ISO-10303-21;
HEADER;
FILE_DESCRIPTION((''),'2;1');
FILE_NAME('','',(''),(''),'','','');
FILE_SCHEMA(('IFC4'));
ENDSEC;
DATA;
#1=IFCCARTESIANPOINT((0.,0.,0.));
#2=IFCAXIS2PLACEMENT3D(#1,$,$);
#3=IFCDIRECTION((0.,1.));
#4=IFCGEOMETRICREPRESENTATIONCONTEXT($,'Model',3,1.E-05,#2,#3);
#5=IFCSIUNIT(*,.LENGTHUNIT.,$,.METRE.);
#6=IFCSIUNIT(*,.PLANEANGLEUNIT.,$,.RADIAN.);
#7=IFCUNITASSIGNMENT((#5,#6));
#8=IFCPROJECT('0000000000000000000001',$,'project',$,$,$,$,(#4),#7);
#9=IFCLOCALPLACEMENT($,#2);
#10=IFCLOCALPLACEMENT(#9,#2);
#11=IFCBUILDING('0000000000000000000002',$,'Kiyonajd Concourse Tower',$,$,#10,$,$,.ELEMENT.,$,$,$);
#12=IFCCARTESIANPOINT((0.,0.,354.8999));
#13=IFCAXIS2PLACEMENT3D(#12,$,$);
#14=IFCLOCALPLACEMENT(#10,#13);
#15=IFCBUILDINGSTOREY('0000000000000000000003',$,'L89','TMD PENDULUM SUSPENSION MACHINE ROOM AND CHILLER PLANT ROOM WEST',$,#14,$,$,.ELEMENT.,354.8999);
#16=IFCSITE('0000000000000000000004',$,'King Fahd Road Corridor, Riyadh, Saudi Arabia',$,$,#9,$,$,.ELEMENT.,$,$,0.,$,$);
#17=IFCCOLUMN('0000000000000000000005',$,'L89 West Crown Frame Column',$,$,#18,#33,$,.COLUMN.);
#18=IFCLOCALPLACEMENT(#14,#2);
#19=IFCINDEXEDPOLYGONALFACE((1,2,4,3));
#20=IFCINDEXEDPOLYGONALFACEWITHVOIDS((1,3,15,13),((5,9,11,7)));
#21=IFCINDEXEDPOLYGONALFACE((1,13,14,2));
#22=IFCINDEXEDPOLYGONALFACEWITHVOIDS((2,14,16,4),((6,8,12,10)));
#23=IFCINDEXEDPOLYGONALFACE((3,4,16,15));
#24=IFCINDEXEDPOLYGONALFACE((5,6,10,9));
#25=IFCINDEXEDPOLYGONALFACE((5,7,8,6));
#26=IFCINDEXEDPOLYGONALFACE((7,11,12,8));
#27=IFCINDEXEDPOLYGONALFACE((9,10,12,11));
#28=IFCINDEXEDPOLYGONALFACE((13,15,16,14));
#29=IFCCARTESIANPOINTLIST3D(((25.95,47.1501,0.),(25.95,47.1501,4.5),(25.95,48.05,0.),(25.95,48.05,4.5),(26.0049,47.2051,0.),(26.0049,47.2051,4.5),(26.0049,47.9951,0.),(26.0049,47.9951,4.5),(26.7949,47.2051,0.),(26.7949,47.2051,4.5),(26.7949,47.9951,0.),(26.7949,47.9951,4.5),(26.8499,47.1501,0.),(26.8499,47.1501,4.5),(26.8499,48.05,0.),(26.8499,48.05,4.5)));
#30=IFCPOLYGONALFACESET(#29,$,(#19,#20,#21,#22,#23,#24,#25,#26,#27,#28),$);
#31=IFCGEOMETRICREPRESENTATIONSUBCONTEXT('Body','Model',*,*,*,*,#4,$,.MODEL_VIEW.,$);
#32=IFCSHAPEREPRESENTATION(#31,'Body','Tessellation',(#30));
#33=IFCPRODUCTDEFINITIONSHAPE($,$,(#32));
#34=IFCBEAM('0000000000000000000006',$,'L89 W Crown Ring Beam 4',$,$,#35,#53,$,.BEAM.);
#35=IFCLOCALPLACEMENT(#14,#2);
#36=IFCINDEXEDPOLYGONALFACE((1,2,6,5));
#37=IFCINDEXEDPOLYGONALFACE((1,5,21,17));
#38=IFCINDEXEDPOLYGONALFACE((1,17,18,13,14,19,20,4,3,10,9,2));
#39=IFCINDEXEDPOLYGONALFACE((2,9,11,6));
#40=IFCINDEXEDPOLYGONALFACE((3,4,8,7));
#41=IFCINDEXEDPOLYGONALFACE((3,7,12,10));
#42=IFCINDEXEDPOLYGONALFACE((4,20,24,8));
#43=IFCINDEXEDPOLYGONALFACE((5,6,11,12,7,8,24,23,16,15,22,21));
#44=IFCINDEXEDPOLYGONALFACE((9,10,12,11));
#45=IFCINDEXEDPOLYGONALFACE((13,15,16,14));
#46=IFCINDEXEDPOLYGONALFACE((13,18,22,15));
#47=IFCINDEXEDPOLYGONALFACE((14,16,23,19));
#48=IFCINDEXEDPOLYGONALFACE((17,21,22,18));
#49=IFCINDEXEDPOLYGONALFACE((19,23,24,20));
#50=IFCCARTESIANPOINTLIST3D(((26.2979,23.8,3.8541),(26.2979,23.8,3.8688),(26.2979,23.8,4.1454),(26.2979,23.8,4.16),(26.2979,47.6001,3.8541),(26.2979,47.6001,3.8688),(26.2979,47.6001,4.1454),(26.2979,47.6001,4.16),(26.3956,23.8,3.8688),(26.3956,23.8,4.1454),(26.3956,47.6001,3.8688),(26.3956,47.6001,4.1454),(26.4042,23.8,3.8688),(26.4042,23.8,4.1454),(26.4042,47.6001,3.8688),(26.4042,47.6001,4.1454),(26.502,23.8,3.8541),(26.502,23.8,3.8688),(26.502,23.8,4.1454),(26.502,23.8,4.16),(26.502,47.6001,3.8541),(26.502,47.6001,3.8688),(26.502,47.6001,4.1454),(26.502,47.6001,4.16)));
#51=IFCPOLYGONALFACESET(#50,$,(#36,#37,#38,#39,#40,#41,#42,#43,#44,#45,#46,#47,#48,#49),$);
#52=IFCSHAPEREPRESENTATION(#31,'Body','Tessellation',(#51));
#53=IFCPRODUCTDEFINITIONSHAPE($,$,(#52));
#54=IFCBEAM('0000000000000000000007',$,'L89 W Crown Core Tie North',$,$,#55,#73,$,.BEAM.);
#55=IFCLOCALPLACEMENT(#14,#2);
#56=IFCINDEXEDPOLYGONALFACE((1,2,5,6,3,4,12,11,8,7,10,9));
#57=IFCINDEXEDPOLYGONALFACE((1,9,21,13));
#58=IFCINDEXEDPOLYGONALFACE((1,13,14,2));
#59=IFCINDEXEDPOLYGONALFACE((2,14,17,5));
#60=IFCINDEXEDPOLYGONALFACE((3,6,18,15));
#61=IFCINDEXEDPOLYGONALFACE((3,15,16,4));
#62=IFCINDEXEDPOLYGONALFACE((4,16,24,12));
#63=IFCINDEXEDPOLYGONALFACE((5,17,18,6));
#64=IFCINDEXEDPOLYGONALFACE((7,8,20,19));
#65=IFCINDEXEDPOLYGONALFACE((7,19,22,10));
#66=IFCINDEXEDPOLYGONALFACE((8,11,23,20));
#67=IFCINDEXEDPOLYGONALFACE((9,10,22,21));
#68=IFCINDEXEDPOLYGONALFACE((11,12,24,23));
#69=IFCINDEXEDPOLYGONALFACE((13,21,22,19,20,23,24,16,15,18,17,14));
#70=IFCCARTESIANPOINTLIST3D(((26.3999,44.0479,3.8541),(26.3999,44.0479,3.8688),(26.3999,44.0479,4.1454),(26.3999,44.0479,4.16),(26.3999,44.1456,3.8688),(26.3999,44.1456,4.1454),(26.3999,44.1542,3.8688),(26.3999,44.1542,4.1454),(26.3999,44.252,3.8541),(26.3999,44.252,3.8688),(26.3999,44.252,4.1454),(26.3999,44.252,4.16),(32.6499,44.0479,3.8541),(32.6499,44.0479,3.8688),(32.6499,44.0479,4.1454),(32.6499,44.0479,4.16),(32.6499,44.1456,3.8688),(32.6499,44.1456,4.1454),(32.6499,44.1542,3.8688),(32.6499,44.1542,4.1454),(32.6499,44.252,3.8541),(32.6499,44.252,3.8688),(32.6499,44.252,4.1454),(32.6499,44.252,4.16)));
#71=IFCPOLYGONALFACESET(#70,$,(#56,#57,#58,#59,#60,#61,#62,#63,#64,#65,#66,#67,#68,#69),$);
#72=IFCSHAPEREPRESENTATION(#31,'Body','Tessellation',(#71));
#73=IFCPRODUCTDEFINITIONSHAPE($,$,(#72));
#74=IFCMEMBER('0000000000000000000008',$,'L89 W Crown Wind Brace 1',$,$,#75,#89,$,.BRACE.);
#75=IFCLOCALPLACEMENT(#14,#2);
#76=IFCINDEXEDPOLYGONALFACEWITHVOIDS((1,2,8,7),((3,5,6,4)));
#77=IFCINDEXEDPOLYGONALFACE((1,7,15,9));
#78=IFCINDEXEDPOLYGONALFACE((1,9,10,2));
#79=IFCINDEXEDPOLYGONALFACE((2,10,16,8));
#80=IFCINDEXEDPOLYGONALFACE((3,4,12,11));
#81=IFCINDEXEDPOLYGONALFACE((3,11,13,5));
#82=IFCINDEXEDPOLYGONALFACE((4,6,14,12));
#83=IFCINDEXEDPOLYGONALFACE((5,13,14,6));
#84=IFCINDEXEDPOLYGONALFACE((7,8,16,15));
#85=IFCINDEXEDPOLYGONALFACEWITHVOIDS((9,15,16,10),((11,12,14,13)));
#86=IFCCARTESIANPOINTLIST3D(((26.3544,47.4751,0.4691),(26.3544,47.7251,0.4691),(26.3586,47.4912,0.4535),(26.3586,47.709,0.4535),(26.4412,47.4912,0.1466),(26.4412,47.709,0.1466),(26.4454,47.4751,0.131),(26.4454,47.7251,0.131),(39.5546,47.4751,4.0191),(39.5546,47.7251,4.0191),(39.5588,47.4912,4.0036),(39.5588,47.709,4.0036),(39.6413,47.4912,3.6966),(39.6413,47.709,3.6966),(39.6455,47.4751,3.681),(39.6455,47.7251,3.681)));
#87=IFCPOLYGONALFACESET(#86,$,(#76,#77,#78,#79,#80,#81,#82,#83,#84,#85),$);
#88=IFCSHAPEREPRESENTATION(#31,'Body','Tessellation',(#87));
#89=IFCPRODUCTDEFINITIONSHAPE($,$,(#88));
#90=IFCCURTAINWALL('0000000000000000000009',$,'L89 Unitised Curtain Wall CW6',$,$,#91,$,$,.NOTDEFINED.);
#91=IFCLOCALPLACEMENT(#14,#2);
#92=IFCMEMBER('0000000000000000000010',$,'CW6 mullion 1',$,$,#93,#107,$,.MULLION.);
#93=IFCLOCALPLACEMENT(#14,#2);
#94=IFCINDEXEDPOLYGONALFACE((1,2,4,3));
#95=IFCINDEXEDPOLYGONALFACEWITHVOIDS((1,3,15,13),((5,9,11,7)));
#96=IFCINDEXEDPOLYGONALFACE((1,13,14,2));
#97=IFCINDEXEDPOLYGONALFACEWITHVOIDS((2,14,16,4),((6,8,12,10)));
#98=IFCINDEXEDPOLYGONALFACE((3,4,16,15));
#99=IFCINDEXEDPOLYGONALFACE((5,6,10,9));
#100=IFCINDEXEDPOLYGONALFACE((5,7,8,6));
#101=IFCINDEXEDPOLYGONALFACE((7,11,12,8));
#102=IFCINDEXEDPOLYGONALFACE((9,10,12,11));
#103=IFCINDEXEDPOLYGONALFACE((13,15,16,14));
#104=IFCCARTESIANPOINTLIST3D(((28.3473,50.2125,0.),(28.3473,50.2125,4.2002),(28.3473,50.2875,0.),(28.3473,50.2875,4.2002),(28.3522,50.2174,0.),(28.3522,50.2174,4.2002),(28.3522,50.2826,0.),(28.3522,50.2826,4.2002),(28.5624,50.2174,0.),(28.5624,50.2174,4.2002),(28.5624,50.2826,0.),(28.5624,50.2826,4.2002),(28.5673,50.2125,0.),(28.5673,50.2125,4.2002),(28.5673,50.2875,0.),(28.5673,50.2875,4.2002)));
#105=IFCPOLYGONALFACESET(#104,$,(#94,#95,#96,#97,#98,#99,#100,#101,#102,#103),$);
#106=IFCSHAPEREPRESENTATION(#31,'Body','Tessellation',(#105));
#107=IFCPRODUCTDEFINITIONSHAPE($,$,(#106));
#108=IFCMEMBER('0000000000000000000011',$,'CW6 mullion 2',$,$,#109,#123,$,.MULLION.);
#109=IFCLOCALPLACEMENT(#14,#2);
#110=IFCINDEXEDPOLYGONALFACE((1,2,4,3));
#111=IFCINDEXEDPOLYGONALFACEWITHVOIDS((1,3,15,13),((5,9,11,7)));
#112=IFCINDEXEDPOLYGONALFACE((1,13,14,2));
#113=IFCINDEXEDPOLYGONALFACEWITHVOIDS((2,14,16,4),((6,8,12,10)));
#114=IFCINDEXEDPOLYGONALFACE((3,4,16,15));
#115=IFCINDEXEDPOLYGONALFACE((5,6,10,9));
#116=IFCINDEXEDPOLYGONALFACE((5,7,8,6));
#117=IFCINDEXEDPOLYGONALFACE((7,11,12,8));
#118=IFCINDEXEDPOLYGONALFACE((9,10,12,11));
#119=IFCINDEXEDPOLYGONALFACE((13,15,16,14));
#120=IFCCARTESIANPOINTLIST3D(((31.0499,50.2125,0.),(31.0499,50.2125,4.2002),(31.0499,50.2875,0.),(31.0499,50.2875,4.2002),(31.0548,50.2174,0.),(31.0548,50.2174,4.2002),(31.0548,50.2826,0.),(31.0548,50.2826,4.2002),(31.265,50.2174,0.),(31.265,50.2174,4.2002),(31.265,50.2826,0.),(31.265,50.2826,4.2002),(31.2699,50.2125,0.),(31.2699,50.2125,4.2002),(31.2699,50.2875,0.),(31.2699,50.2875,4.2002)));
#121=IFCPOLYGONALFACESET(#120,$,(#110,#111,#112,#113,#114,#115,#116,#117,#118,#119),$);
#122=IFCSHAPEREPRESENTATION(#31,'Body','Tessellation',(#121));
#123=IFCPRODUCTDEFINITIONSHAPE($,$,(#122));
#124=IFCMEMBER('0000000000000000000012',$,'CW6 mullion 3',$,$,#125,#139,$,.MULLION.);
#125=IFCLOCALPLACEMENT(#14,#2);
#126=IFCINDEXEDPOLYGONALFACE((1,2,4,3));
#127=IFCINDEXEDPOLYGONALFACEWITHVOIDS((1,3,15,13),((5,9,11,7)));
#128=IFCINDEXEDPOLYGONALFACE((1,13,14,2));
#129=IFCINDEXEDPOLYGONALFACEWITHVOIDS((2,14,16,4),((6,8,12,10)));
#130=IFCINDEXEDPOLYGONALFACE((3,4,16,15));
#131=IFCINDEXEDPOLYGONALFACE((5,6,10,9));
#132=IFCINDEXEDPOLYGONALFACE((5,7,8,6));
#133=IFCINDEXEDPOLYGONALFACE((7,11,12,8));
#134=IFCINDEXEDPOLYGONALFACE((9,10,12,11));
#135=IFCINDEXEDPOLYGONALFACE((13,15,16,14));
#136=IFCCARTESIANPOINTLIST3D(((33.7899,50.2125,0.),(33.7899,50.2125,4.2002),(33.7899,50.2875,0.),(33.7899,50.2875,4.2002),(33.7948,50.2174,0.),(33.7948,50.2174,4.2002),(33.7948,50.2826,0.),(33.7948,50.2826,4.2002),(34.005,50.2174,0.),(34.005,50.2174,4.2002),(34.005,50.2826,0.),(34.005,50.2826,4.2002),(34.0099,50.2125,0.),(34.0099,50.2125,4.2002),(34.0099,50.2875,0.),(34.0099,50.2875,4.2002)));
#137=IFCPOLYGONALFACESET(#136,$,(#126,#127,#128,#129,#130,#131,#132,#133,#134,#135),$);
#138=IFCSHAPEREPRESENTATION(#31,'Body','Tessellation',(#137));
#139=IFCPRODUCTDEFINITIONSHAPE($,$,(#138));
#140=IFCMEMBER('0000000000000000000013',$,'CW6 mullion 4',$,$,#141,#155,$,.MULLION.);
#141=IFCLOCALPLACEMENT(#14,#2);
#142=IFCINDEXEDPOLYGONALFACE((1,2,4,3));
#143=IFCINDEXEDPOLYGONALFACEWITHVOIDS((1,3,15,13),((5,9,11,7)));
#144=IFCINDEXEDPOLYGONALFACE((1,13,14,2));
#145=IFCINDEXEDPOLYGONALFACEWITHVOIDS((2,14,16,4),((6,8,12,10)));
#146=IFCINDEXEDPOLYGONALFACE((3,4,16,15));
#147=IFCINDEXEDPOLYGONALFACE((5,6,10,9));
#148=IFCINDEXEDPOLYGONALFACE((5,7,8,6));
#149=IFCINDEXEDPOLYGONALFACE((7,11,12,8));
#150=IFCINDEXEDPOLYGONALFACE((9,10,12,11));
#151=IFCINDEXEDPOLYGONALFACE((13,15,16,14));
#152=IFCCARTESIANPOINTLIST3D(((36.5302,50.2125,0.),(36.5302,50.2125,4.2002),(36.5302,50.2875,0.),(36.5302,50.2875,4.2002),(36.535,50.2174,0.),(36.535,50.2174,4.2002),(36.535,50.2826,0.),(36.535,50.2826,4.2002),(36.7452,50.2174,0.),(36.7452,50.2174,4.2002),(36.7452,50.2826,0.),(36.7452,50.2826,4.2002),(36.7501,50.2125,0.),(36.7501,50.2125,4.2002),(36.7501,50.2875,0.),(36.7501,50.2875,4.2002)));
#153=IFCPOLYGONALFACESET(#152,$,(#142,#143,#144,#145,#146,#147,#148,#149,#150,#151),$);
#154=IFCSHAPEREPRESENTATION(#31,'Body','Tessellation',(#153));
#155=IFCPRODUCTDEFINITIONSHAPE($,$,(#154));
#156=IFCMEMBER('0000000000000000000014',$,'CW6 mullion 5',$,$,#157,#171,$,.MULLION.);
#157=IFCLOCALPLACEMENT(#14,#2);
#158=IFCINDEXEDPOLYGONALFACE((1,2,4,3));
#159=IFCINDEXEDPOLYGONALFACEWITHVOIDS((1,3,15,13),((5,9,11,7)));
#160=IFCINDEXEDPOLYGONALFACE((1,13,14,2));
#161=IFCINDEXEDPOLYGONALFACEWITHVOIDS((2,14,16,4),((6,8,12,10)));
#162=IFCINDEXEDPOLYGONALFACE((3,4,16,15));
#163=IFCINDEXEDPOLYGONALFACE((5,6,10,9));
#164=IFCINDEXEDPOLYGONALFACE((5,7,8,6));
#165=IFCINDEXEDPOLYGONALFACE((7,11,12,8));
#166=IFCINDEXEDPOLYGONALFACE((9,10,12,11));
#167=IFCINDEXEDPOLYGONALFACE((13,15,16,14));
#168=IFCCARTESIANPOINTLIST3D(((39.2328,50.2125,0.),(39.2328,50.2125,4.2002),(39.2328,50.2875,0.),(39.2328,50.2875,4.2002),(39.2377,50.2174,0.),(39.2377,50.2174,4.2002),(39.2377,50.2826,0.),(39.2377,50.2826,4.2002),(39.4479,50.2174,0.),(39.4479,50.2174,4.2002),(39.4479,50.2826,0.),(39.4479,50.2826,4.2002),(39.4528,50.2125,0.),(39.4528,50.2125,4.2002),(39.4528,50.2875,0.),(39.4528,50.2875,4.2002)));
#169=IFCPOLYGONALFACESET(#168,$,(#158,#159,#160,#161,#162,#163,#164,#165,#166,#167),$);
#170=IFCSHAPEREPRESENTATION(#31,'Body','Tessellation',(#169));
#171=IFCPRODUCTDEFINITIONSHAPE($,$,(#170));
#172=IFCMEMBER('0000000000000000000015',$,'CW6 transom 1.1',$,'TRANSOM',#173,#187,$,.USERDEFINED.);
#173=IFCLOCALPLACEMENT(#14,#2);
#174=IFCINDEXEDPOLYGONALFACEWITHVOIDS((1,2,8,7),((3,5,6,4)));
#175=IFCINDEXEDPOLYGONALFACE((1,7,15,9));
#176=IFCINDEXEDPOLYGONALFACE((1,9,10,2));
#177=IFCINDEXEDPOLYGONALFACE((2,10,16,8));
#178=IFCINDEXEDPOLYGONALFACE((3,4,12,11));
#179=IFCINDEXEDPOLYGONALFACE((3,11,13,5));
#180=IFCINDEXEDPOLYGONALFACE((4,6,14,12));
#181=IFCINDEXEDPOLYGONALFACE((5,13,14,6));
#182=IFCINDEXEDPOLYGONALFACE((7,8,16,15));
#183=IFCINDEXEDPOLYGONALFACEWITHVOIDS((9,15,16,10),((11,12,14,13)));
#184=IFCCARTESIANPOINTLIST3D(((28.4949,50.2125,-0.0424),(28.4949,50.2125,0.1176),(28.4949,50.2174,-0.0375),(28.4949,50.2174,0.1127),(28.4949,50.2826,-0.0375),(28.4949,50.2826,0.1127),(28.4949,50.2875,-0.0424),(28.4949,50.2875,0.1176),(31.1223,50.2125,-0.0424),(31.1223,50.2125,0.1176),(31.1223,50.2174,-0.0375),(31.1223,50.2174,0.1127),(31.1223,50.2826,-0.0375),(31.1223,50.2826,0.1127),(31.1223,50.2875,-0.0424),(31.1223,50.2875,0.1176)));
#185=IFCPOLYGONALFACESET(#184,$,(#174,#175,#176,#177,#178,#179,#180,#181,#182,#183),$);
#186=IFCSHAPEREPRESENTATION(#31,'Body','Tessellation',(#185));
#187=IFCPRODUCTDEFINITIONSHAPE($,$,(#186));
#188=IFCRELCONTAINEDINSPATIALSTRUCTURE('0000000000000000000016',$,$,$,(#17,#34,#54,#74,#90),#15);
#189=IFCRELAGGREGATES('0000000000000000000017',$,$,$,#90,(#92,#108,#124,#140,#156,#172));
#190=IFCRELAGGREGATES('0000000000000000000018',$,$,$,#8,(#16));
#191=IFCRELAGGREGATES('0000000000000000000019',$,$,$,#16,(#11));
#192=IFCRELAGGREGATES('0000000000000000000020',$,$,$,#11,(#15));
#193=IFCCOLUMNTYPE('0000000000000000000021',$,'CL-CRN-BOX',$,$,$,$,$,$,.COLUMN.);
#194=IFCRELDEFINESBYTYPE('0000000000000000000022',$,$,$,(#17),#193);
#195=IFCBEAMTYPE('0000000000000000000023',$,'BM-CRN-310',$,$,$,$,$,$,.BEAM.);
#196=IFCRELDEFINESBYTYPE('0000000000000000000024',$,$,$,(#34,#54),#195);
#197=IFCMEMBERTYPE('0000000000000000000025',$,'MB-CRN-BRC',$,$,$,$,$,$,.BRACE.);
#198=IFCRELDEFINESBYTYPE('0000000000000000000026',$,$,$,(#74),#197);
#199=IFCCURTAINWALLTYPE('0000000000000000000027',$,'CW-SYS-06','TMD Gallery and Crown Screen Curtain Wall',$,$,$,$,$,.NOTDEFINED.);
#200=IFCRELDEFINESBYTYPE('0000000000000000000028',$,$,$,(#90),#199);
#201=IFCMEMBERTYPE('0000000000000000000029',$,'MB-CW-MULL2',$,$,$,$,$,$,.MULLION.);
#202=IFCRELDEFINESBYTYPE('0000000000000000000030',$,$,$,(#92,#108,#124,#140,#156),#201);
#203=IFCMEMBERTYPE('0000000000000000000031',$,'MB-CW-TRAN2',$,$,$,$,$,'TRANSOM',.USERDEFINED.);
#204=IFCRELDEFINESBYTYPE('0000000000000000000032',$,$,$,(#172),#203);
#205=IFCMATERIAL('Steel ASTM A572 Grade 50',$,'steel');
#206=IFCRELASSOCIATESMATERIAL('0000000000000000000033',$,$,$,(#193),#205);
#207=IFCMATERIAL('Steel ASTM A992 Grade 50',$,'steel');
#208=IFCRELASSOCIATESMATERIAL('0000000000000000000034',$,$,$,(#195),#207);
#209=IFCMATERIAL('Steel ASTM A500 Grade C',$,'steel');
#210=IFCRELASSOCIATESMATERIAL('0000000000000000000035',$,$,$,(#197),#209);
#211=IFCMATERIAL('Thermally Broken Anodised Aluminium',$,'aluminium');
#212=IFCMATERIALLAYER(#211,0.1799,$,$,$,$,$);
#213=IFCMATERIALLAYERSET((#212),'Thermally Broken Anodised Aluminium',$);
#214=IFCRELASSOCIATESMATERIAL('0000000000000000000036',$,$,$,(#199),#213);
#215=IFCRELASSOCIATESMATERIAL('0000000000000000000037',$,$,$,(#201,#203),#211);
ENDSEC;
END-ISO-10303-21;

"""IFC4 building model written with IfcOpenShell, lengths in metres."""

from ifc_helpers import new_model, si_unit, direction, frame, origin, origin_2d, place, context, subcontext, project, spatial, hollow_rectangle, i_section, extrude, material, layer, layer_set, material_profile, profile_set, type_object, element, aggregate, save


model = new_model("IFC4")

# Units and contexts
model_context = context("Model", 3, precision=1e-05, world=origin(), true_north=direction((0.0, 1.0)))
body_context = subcontext(model_context, "Body", "Model", "MODEL_VIEW")
ifc_project = project(units=[si_unit("LENGTHUNIT", "METRE"), si_unit("PLANEANGLEUNIT", "RADIAN")], contexts=[model_context])

# Site, building, storey
site_placement = place(None, origin())
site = spatial("IfcSite", under=ifc_project, at=site_placement, Name="King Fahd Road Corridor, Riyadh, Saudi Arabia", CompositionType="ELEMENT", RefElevation=0.0)
building_placement = place(site_placement, origin())
building = spatial("IfcBuilding", under=site, at=building_placement, Name="Kiyonajd Concourse Tower", CompositionType="ELEMENT")
storey_placement = place(building_placement, frame((0.0, 0.0, 354.8999)))
storey = spatial("IfcBuildingStorey", under=building, at=storey_placement, Name="L89", Description="TMD PENDULUM SUSPENSION MACHINE ROOM AND CHILLER PLANT ROOM WEST", CompositionType="ELEMENT", Elevation=354.8999)

# Column
ifc_material_1 = material(Name="Steel ASTM A572 Grade 50", Category="steel")
ifc_material_profile_1 = material_profile(ifc_material_1, hollow_rectangle(XDim=0.8999, YDim=0.8999, WallThickness=0.0549, at=origin_2d()), Name="BOX-900x900x55")
ifc_profile_set_1 = profile_set([ifc_material_profile_1], Name="Steel ASTM A572 Grade 50")
column_type = type_object("IfcColumnType", Name="CL-CRN-BOX", PredefinedType="COLUMN", material=ifc_profile_set_1)
column_placement = place(storey_placement, frame((26.3999, 47.6001, 0.0), z_axis=(0.0, 0.0, 1.0), x_axis=(1.0, 0.0, 0.0)))
element("IfcColumn", 1, at=column_placement, inside=storey, type_object=column_type, Name="L89 West Crown Frame Column", PredefinedType="COLUMN", context=body_context, shape_type="SweptSolid", body=[
    extrude(hollow_rectangle(XDim=0.8999, YDim=0.8999, WallThickness=0.0549, at=origin_2d()), origin(), (0.0, 0.0, 1.0), 4.5),
])

# Beams
ifc_material_2 = material(Name="Steel ASTM A992 Grade 50", Category="steel")
ifc_material_profile_2 = material_profile(ifc_material_2, i_section(OverallWidth=0.2041, OverallDepth=0.3059, WebThickness=0.0085, FlangeThickness=0.0146, at=origin_2d()), Name="W310X67")
ifc_profile_set_2 = profile_set([ifc_material_profile_2], Name="Steel ASTM A992 Grade 50")
beam_type = type_object("IfcBeamType", Name="BM-CRN-310", PredefinedType="BEAM", material=ifc_profile_set_2)
beam_1_placement = place(storey_placement, frame((26.3999, 47.6001, 4.0071), z_axis=(0.0, -1.0, 0.0), x_axis=(1.0, 0.0, 0.0)))
element("IfcBeam", 2, at=beam_1_placement, inside=storey, type_object=beam_type, Name="L89 W Crown Ring Beam 4", PredefinedType="BEAM", context=body_context, shape_type="SweptSolid", body=[
    extrude(i_section(OverallWidth=0.2041, OverallDepth=0.3059, WebThickness=0.0085, FlangeThickness=0.0146, at=origin_2d()), origin(), (0.0, 0.0, 1.0), 23.8),
])
beam_2_placement = place(storey_placement, frame((26.3999, 44.1499, 4.0071), z_axis=(1.0, 0.0, 0.0), x_axis=(0.0, 1.0, 0.0)))
element("IfcBeam", 3, at=beam_2_placement, inside=storey, type_object=beam_type, Name="L89 W Crown Core Tie North", PredefinedType="BEAM", context=body_context, shape_type="SweptSolid", body=[
    extrude(i_section(OverallWidth=0.2041, OverallDepth=0.3059, WebThickness=0.0085, FlangeThickness=0.0146, at=origin_2d()), origin(), (0.0, 0.0, 1.0), 6.25),
])

# Member
ifc_material_3 = material(Name="Steel ASTM A500 Grade C", Category="steel")
ifc_material_profile_3 = material_profile(ifc_material_3, hollow_rectangle(XDim=0.25, YDim=0.3501, WallThickness=0.0161, at=origin_2d()), Name="HSS-350x250x16")
ifc_profile_set_3 = profile_set([ifc_material_profile_3], Name="Steel ASTM A500 Grade C")
member_type_1 = type_object("IfcMemberType", Name="MB-CRN-BRC", PredefinedType="BRACE", material=ifc_profile_set_3)
member_1_placement = place(storey_placement, frame((26.3999, 47.6001, 0.3), z_axis=(0.965686, 0.0, 0.259711), x_axis=(0.0, 1.0, 0.0)))
element("IfcMember", 4, at=member_1_placement, inside=storey, type_object=member_type_1, Name="L89 W Crown Wind Brace 1", PredefinedType="BRACE", context=body_context, shape_type="SweptSolid", body=[
    extrude(hollow_rectangle(XDim=0.25, YDim=0.3501, WallThickness=0.0161, at=origin_2d()), origin(), (0.0, 0.0, 1.0), 13.6692),
])

# Curtain wall, members
ifc_material_4 = material(Name="Thermally Broken Anodised Aluminium", Category="aluminium")
ifc_layer_1 = layer(ifc_material_4, 0.1799)
ifc_layer_set_1 = layer_set([ifc_layer_1], Name="Thermally Broken Anodised Aluminium")
curtain_wall_type = type_object("IfcCurtainWallType", Name="CW-SYS-06", Description="TMD Gallery and Crown Screen Curtain Wall", PredefinedType="NOTDEFINED", material=ifc_layer_set_1)
curtain_wall_placement = place(storey_placement, origin())
curtain_wall = element("IfcCurtainWall", 5, at=curtain_wall_placement, inside=storey, type_object=curtain_wall_type, Name="L89 Unitised Curtain Wall CW6", PredefinedType="NOTDEFINED")
ifc_material_profile_4 = material_profile(ifc_material_4, hollow_rectangle(XDim=0.075, YDim=0.22, WallThickness=0.0049, at=origin_2d()), Name="MULL-75x220")
ifc_profile_set_4 = profile_set([ifc_material_profile_4], Name="Thermally Broken Anodised Aluminium")
member_type_2 = type_object("IfcMemberType", Name="MB-CW-MULL2", PredefinedType="MULLION", material=ifc_profile_set_4)
member_2_placement = place(storey_placement, frame((28.4573, 50.25, 0.0), z_axis=(0.0, 0.0, 1.0), x_axis=(0.0, 1.0, 0.0)))
member_2 = element("IfcMember", 6, at=member_2_placement, type_object=member_type_2, Name="CW6 mullion 1", PredefinedType="MULLION", context=body_context, shape_type="SweptSolid", body=[
    extrude(hollow_rectangle(XDim=0.075, YDim=0.22, WallThickness=0.0049, at=origin_2d()), origin(), (0.0, 0.0, 1.0), 4.2002),
])
member_3_placement = place(storey_placement, frame((31.1599, 50.25, 0.0), z_axis=(0.0, 0.0, 1.0), x_axis=(0.0, 1.0, 0.0)))
member_3 = element("IfcMember", 7, at=member_3_placement, type_object=member_type_2, Name="CW6 mullion 2", PredefinedType="MULLION", context=body_context, shape_type="SweptSolid", body=[
    extrude(hollow_rectangle(XDim=0.075, YDim=0.22, WallThickness=0.0049, at=origin_2d()), origin(), (0.0, 0.0, 1.0), 4.2002),
])
member_4_placement = place(storey_placement, frame((33.8999, 50.25, 0.0), z_axis=(0.0, 0.0, 1.0), x_axis=(0.0, 1.0, 0.0)))
member_4 = element("IfcMember", 8, at=member_4_placement, type_object=member_type_2, Name="CW6 mullion 3", PredefinedType="MULLION", context=body_context, shape_type="SweptSolid", body=[
    extrude(hollow_rectangle(XDim=0.075, YDim=0.22, WallThickness=0.0049, at=origin_2d()), origin(), (0.0, 0.0, 1.0), 4.2002),
])
member_5_placement = place(storey_placement, frame((36.6401, 50.25, 0.0), z_axis=(0.0, 0.0, 1.0), x_axis=(0.0, 1.0, 0.0)))
member_5 = element("IfcMember", 9, at=member_5_placement, type_object=member_type_2, Name="CW6 mullion 4", PredefinedType="MULLION", context=body_context, shape_type="SweptSolid", body=[
    extrude(hollow_rectangle(XDim=0.075, YDim=0.22, WallThickness=0.0049, at=origin_2d()), origin(), (0.0, 0.0, 1.0), 4.2002),
])
member_6_placement = place(storey_placement, frame((39.3428, 50.25, 0.0), z_axis=(0.0, 0.0, 1.0), x_axis=(0.0, 1.0, 0.0)))
member_6 = element("IfcMember", 10, at=member_6_placement, type_object=member_type_2, Name="CW6 mullion 5", PredefinedType="MULLION", context=body_context, shape_type="SweptSolid", body=[
    extrude(hollow_rectangle(XDim=0.075, YDim=0.22, WallThickness=0.0049, at=origin_2d()), origin(), (0.0, 0.0, 1.0), 4.2002),
])
ifc_material_profile_5 = material_profile(ifc_material_4, hollow_rectangle(XDim=0.075, YDim=0.1599, WallThickness=0.0049, at=origin_2d()), Name="TRAN-75x160")
ifc_profile_set_5 = profile_set([ifc_material_profile_5], Name="Thermally Broken Anodised Aluminium")
member_type_3 = type_object("IfcMemberType", Name="MB-CW-TRAN2", ElementType="TRANSOM", PredefinedType="USERDEFINED", material=ifc_profile_set_5)
member_7_placement = place(storey_placement, frame((28.4949, 50.25, 0.0376), z_axis=(1.0, 0.0, 0.0), x_axis=(0.0, 1.0, 0.0)))
member_7 = element("IfcMember", 11, at=member_7_placement, type_object=member_type_3, Name="CW6 transom 1.1", ObjectType="TRANSOM", PredefinedType="USERDEFINED", context=body_context, shape_type="SweptSolid", body=[
    extrude(hollow_rectangle(XDim=0.075, YDim=0.1599, WallThickness=0.0049, at=origin_2d()), origin(), (0.0, 0.0, 1.0), 2.6274),
])

aggregate(curtain_wall, [member_2, member_3, member_4, member_5, member_6, member_7])

save(model, "model.ifc")
